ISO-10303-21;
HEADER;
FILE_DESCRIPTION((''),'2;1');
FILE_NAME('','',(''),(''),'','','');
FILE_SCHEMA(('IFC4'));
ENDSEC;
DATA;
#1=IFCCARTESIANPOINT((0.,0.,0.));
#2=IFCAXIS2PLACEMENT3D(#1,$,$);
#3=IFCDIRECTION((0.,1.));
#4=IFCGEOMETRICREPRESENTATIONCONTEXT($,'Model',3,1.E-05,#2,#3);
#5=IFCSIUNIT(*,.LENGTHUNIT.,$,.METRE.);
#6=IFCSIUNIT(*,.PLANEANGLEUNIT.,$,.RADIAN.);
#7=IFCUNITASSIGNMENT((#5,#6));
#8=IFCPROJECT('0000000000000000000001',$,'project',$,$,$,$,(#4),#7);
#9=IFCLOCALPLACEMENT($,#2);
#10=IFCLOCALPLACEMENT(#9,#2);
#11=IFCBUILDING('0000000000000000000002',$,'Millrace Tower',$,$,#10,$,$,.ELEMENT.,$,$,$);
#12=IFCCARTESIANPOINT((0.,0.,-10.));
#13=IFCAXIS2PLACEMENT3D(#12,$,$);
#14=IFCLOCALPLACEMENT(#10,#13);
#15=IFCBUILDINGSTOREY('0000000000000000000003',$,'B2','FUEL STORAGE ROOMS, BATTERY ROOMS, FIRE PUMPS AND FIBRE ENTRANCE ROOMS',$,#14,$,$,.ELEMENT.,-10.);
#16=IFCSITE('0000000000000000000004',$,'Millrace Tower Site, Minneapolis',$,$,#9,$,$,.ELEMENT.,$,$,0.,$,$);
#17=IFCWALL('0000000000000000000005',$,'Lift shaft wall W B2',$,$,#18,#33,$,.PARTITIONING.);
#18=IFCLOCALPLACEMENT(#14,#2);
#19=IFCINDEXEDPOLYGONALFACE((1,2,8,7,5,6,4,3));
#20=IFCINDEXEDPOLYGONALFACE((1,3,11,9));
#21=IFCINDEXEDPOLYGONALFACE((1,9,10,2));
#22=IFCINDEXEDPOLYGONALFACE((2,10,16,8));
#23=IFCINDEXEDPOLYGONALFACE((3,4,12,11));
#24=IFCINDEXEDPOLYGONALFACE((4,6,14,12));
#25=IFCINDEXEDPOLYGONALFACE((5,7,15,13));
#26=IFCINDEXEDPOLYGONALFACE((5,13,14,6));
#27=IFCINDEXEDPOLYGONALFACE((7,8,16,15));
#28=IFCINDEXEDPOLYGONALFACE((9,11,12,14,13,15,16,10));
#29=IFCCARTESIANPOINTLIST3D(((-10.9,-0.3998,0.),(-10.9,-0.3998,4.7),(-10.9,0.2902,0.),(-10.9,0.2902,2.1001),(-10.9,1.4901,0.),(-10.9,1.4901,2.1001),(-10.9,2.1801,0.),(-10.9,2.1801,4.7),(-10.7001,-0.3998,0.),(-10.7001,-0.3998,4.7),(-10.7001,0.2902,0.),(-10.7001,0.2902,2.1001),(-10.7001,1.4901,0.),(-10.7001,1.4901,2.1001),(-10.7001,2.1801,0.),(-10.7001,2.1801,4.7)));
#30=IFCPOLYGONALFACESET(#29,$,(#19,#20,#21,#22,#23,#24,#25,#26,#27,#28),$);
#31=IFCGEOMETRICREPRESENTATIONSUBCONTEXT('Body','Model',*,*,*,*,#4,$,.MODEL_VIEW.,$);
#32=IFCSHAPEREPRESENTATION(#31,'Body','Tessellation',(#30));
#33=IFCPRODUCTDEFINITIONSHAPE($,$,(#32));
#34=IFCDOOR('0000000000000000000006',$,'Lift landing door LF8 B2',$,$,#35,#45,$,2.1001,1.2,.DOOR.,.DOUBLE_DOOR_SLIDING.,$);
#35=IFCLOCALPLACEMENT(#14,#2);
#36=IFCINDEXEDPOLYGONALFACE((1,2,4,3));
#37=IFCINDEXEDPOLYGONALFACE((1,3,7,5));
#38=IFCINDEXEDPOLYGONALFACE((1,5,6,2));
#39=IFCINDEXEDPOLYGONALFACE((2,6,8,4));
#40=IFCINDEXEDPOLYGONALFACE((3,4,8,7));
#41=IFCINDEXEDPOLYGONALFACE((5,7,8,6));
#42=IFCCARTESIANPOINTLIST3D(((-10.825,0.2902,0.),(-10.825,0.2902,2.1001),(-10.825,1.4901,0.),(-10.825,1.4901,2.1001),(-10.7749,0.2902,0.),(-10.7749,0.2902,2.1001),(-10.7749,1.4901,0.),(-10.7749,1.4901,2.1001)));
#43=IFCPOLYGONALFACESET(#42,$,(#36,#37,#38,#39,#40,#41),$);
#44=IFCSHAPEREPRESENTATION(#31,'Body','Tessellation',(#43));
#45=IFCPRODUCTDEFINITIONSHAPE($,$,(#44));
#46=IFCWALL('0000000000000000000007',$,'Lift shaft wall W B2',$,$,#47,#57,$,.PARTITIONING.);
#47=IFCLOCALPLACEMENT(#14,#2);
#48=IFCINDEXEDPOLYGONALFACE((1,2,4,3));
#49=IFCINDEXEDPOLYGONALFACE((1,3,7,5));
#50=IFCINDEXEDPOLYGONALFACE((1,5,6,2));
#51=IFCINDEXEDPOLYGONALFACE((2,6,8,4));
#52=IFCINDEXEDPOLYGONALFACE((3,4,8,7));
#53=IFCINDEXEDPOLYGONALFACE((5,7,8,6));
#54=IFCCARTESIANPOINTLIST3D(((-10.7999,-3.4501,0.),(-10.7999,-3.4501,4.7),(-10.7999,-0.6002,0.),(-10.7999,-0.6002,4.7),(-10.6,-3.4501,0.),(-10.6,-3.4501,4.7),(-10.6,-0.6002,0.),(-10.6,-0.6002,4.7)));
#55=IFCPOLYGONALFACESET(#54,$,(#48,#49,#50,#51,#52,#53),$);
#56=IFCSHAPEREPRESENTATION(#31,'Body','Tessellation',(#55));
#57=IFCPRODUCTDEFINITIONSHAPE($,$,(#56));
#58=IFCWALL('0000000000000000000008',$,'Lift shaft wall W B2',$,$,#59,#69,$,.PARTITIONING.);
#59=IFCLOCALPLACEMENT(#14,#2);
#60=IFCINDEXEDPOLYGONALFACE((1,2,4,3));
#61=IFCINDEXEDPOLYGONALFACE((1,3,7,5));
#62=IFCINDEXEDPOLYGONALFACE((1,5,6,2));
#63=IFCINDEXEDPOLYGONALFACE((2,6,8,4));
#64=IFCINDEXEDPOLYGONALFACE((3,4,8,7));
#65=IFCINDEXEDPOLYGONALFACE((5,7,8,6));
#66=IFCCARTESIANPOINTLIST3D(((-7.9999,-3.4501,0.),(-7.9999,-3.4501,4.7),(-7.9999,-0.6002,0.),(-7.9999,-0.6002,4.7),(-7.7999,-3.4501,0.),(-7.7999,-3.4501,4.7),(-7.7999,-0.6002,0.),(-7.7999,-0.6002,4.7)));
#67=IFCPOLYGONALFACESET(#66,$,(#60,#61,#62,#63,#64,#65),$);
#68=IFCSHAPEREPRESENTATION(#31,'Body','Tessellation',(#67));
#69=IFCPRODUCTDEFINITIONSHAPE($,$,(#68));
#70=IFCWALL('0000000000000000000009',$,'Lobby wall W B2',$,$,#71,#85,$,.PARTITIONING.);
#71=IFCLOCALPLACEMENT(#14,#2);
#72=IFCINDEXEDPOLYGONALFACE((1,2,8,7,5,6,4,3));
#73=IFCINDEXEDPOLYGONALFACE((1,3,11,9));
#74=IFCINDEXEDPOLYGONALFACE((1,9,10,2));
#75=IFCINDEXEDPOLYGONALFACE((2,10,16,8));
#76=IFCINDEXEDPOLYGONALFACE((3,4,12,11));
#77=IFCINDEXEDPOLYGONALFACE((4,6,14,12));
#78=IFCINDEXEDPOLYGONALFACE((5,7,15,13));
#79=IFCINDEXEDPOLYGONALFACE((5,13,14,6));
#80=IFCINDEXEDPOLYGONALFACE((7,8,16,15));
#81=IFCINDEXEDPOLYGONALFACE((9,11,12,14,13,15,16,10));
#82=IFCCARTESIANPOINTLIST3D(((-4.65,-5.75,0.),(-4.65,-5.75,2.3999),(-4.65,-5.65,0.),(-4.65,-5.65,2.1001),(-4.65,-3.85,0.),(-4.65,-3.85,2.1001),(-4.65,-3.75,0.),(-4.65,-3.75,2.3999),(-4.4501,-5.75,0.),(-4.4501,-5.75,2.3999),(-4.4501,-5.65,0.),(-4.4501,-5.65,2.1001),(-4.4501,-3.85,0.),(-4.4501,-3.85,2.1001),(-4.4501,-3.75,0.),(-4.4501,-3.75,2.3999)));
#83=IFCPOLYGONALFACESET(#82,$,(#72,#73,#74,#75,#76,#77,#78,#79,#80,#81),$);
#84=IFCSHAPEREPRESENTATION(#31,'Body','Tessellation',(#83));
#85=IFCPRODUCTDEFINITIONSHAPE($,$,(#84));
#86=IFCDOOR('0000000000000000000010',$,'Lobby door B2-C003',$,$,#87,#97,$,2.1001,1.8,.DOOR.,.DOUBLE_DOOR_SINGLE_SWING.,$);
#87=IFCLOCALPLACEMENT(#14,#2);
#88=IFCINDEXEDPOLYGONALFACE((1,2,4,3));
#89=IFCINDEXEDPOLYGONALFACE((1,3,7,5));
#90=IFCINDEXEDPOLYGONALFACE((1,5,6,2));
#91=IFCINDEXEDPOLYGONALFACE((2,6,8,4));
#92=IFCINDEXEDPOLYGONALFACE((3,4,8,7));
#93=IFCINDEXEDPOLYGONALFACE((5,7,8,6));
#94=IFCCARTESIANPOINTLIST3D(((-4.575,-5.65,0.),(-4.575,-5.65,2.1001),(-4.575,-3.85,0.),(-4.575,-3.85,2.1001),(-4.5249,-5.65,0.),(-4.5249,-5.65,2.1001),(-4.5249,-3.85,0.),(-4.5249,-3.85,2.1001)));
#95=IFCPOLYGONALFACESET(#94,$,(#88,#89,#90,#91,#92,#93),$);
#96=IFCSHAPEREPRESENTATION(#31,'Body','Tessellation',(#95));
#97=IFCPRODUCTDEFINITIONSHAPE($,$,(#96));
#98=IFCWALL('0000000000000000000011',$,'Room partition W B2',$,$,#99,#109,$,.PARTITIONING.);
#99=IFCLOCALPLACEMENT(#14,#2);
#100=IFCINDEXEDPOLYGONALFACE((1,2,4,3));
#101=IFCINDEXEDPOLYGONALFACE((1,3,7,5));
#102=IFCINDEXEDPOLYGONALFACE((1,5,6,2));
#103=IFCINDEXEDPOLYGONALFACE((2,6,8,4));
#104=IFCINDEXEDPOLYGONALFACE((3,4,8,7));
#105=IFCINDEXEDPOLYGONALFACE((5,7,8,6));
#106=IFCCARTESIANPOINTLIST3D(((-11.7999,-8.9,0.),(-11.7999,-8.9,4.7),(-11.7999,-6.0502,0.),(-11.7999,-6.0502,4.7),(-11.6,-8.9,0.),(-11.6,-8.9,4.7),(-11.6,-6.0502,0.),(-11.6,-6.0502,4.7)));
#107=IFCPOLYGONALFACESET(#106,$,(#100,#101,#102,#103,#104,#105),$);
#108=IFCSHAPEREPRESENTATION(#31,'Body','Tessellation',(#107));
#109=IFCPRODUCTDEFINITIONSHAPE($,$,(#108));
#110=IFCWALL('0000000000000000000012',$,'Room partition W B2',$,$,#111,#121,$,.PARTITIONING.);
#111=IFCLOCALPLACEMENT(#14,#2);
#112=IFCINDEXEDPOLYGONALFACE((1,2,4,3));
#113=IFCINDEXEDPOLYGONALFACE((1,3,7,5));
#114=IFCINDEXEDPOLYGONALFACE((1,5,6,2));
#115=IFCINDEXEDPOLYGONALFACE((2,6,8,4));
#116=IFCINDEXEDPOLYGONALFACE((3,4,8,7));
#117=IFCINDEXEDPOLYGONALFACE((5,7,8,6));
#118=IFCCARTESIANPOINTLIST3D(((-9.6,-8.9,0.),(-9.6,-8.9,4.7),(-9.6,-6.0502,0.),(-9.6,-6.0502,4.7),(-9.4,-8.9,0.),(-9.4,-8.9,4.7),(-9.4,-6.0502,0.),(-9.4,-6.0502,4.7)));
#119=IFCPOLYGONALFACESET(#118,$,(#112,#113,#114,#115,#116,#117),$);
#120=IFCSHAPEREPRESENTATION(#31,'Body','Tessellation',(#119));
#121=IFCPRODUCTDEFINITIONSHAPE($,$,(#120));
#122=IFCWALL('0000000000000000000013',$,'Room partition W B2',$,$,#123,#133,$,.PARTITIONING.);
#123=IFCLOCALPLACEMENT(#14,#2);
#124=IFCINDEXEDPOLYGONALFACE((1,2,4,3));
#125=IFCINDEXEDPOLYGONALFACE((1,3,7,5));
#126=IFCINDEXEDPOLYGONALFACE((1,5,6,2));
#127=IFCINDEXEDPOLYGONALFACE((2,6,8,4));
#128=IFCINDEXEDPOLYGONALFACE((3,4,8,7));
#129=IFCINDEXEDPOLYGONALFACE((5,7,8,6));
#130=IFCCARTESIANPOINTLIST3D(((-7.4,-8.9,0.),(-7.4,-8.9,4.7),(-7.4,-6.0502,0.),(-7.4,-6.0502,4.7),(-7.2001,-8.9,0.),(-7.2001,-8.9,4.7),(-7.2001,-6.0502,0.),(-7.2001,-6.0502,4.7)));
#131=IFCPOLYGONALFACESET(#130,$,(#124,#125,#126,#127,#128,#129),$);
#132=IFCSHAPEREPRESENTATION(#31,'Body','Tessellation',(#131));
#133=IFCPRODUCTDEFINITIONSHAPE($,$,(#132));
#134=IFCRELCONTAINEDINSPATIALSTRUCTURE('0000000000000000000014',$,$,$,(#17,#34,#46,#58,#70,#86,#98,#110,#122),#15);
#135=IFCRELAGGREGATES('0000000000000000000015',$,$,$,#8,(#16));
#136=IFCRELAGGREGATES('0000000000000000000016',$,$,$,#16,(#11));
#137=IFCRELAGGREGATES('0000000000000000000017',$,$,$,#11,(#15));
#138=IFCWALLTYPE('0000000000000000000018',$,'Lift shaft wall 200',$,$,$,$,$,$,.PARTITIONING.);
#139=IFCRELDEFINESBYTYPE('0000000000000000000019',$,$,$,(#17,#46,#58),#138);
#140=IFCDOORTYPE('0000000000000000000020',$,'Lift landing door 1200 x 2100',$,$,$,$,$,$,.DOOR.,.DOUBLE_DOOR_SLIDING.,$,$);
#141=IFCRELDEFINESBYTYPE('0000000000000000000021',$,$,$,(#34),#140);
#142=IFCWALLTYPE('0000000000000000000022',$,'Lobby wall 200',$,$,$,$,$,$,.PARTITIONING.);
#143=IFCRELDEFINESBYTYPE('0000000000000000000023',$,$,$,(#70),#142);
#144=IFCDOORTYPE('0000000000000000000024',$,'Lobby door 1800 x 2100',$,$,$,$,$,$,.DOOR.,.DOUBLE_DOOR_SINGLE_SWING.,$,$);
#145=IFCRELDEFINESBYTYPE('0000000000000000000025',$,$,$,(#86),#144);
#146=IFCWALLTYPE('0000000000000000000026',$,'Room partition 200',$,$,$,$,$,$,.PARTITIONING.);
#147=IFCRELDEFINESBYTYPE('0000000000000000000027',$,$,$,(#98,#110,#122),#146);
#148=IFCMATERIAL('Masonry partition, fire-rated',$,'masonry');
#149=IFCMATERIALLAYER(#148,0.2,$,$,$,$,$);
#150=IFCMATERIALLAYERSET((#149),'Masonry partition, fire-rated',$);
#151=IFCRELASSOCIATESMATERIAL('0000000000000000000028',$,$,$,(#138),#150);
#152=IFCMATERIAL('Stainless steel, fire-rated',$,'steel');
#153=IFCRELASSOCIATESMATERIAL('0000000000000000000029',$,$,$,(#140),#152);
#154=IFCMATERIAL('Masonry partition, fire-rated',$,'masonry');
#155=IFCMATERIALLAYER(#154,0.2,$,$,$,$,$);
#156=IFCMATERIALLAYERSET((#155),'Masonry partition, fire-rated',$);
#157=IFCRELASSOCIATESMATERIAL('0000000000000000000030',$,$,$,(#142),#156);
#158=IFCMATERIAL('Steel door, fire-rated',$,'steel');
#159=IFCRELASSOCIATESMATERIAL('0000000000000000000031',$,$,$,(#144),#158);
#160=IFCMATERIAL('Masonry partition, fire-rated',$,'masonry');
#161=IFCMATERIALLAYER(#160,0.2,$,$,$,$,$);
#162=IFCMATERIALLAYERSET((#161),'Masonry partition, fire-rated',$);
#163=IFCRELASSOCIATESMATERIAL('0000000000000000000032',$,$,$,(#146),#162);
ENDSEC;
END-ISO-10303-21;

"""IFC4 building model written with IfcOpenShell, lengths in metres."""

from ifc_helpers import new_model, si_unit, direction, frame, frame_2d, origin, place, context, subcontext, project, spatial, rectangle, extrude, material, layer, layer_set, type_object, element, fill, save


model = new_model("IFC4")

# Units and contexts
model_context = context("Model", 3, precision=1e-05, world=origin(), true_north=direction((0.0, 1.0)))
body_context = subcontext(model_context, "Body", "Model", "MODEL_VIEW")
ifc_project = project(units=[si_unit("LENGTHUNIT", "METRE"), si_unit("PLANEANGLEUNIT", "RADIAN")], contexts=[model_context])

# Site, building, storey
site_placement = place(None, origin())
site = spatial("IfcSite", under=ifc_project, at=site_placement, Name="Millrace Tower Site, Minneapolis", CompositionType="ELEMENT", RefElevation=0.0)
building_placement = place(site_placement, origin())
building = spatial("IfcBuilding", under=site, at=building_placement, Name="Millrace Tower", CompositionType="ELEMENT")
storey_placement = place(building_placement, frame((0.0, 0.0, -10.0)))
storey = spatial("IfcBuildingStorey", under=building, at=storey_placement, Name="B2", Description="FUEL STORAGE ROOMS, BATTERY ROOMS, FIRE PUMPS AND FIBRE ENTRANCE ROOMS", CompositionType="ELEMENT", Elevation=-10.0)

# Wall, opening, door
ifc_material_1 = material(Name="Masonry partition, fire-rated", Category="masonry")
ifc_layer_1 = layer(ifc_material_1, 0.2)
ifc_layer_set_1 = layer_set([ifc_layer_1], Name="Masonry partition, fire-rated")
wall_type_1 = type_object("IfcWallType", Name="Lift shaft wall 200", PredefinedType="PARTITIONING", material=ifc_layer_set_1)
wall_1_placement = place(storey_placement, frame((-10.8, -0.3999, 0.0), z_axis=(0.0, 0.0, 1.0), x_axis=(0.0, 1.0, 0.0)))
wall_1 = element("IfcWall", 1, at=wall_1_placement, inside=storey, type_object=wall_type_1, Name="Lift shaft wall W B2", PredefinedType="PARTITIONING", context=body_context, shape_type="SweptSolid", body=[
    extrude(rectangle(XDim=2.5798, YDim=0.2, at=frame_2d((1.29, 0.0))), origin(), (0.0, 0.0, 1.0), 4.7),
])
opening_1_placement = place(wall_1_placement, frame((0.6899, 0.0, 0.0)))
opening_1 = element("IfcOpeningElement", 2, at=opening_1_placement, cuts=wall_1, PredefinedType="OPENING", context=body_context, shape_type="SweptSolid", body=[
    extrude(rectangle(XDim=1.2, YDim=2.1001, at=frame_2d((0.6001, 1.05))), frame((0.0, 0.1099, 0.0), z_axis=(0.0, -1.0, 0.0), x_axis=(1.0, 0.0, 0.0)), (0.0, 0.0, 1.0), 0.22),
])
ifc_material_2 = material(Name="Stainless steel, fire-rated", Category="steel")
door_type_1 = type_object("IfcDoorType", Name="Lift landing door 1200 x 2100", OperationType="DOUBLE_DOOR_SLIDING", PredefinedType="DOOR", material=ifc_material_2)
door_1_placement = place(opening_1_placement, origin())
door_1 = element("IfcDoor", 3, at=door_1_placement, inside=storey, type_object=door_type_1, Name="Lift landing door LF8 B2", OperationType="DOUBLE_DOOR_SLIDING", OverallHeight=2.1001, OverallWidth=1.2, PredefinedType="DOOR", context=body_context, shape_type="SweptSolid", body=[
    extrude(rectangle(XDim=1.2, YDim=2.1001, at=frame_2d((0.6001, 1.05))), frame((0.0, 0.0249, 0.0), z_axis=(0.0, -1.0, 0.0), x_axis=(1.0, 0.0, 0.0)), (0.0, 0.0, 1.0), 0.05),
])
fill(opening_1, door_1)

# Walls
for number, where, z_axis, x_axis, name in (
    (4, (-10.7, -3.45, 0.0), (0.0, 0.0, 1.0), (0.0, 1.0, 0.0), "Lift shaft wall W B2"),
    (5, (-7.8999, -3.45, 0.0), (0.0, 0.0, 1.0), (0.0, 1.0, 0.0), "Lift shaft wall W B2"),
):
    element("IfcWall", number, at=place(storey_placement, frame(where, z_axis=z_axis, x_axis=x_axis)), inside=storey, type_object=wall_type_1, Name=name, PredefinedType="PARTITIONING", context=body_context, shape_type="SweptSolid", body=[
        extrude(rectangle(XDim=2.8499, YDim=0.2, at=frame_2d((1.4248, 0.0))), origin(), (0.0, 0.0, 1.0), 4.7),
    ])

# Wall, opening, door
ifc_material_3 = material(Name="Masonry partition, fire-rated", Category="masonry")
ifc_layer_2 = layer(ifc_material_3, 0.2)
ifc_layer_set_2 = layer_set([ifc_layer_2], Name="Masonry partition, fire-rated")
wall_type_2 = type_object("IfcWallType", Name="Lobby wall 200", PredefinedType="PARTITIONING", material=ifc_layer_set_2)
wall_2_placement = place(storey_placement, frame((-4.55, -5.75, 0.0), z_axis=(0.0, 0.0, 1.0), x_axis=(0.0, 1.0, 0.0)))
wall_2 = element("IfcWall", 6, at=wall_2_placement, inside=storey, type_object=wall_type_2, Name="Lobby wall W B2", PredefinedType="PARTITIONING", context=body_context, shape_type="SweptSolid", body=[
    extrude(rectangle(XDim=2.0, YDim=0.2, at=frame_2d((1.0, 0.0))), origin(), (0.0, 0.0, 1.0), 2.3999),
])
opening_2_placement = place(wall_2_placement, frame((0.1001, 0.0, 0.0)))
opening_2 = element("IfcOpeningElement", 7, at=opening_2_placement, cuts=wall_2, PredefinedType="OPENING", context=body_context, shape_type="SweptSolid", body=[
    extrude(rectangle(XDim=1.8, YDim=2.1001, at=frame_2d((0.8999, 1.05))), frame((0.0, 0.1099, 0.0), z_axis=(0.0, -1.0, 0.0), x_axis=(1.0, 0.0, 0.0)), (0.0, 0.0, 1.0), 0.22),
])
ifc_material_4 = material(Name="Steel door, fire-rated", Category="steel")
door_type_2 = type_object("IfcDoorType", Name="Lobby door 1800 x 2100", OperationType="DOUBLE_DOOR_SINGLE_SWING", PredefinedType="DOOR", material=ifc_material_4)
door_2_placement = place(opening_2_placement, origin())
door_2 = element("IfcDoor", 8, at=door_2_placement, inside=storey, type_object=door_type_2, Name="Lobby door B2-C003", OperationType="DOUBLE_DOOR_SINGLE_SWING", OverallHeight=2.1001, OverallWidth=1.8, PredefinedType="DOOR", context=body_context, shape_type="SweptSolid", body=[
    extrude(rectangle(XDim=1.8, YDim=2.1001, at=frame_2d((0.8999, 1.05))), frame((0.0, 0.0249, 0.0), z_axis=(0.0, -1.0, 0.0), x_axis=(1.0, 0.0, 0.0)), (0.0, 0.0, 1.0), 0.05),
])
fill(opening_2, door_2)

# Walls
ifc_material_5 = material(Name="Masonry partition, fire-rated", Category="masonry")
ifc_layer_3 = layer(ifc_material_5, 0.2)
ifc_layer_set_3 = layer_set([ifc_layer_3], Name="Masonry partition, fire-rated")
wall_type_3 = type_object("IfcWallType", Name="Room partition 200", PredefinedType="PARTITIONING", material=ifc_layer_set_3)
for number, where, z_axis, x_axis, name in (
    (9, (-11.7, -8.8999, 0.0), (0.0, 0.0, 1.0), (0.0, 1.0, 0.0), "Room partition W B2"),
    (10, (-9.5, -8.8999, 0.0), (0.0, 0.0, 1.0), (0.0, 1.0, 0.0), "Room partition W B2"),
    (11, (-7.3, -8.8999, 0.0), (0.0, 0.0, 1.0), (0.0, 1.0, 0.0), "Room partition W B2"),
):
    element("IfcWall", number, at=place(storey_placement, frame(where, z_axis=z_axis, x_axis=x_axis)), inside=storey, type_object=wall_type_3, Name=name, PredefinedType="PARTITIONING", context=body_context, shape_type="SweptSolid", body=[
        extrude(rectangle(XDim=2.8499, YDim=0.2, at=frame_2d((1.4248, 0.0))), origin(), (0.0, 0.0, 1.0), 4.7),
    ])

save(model, "model.ifc")
